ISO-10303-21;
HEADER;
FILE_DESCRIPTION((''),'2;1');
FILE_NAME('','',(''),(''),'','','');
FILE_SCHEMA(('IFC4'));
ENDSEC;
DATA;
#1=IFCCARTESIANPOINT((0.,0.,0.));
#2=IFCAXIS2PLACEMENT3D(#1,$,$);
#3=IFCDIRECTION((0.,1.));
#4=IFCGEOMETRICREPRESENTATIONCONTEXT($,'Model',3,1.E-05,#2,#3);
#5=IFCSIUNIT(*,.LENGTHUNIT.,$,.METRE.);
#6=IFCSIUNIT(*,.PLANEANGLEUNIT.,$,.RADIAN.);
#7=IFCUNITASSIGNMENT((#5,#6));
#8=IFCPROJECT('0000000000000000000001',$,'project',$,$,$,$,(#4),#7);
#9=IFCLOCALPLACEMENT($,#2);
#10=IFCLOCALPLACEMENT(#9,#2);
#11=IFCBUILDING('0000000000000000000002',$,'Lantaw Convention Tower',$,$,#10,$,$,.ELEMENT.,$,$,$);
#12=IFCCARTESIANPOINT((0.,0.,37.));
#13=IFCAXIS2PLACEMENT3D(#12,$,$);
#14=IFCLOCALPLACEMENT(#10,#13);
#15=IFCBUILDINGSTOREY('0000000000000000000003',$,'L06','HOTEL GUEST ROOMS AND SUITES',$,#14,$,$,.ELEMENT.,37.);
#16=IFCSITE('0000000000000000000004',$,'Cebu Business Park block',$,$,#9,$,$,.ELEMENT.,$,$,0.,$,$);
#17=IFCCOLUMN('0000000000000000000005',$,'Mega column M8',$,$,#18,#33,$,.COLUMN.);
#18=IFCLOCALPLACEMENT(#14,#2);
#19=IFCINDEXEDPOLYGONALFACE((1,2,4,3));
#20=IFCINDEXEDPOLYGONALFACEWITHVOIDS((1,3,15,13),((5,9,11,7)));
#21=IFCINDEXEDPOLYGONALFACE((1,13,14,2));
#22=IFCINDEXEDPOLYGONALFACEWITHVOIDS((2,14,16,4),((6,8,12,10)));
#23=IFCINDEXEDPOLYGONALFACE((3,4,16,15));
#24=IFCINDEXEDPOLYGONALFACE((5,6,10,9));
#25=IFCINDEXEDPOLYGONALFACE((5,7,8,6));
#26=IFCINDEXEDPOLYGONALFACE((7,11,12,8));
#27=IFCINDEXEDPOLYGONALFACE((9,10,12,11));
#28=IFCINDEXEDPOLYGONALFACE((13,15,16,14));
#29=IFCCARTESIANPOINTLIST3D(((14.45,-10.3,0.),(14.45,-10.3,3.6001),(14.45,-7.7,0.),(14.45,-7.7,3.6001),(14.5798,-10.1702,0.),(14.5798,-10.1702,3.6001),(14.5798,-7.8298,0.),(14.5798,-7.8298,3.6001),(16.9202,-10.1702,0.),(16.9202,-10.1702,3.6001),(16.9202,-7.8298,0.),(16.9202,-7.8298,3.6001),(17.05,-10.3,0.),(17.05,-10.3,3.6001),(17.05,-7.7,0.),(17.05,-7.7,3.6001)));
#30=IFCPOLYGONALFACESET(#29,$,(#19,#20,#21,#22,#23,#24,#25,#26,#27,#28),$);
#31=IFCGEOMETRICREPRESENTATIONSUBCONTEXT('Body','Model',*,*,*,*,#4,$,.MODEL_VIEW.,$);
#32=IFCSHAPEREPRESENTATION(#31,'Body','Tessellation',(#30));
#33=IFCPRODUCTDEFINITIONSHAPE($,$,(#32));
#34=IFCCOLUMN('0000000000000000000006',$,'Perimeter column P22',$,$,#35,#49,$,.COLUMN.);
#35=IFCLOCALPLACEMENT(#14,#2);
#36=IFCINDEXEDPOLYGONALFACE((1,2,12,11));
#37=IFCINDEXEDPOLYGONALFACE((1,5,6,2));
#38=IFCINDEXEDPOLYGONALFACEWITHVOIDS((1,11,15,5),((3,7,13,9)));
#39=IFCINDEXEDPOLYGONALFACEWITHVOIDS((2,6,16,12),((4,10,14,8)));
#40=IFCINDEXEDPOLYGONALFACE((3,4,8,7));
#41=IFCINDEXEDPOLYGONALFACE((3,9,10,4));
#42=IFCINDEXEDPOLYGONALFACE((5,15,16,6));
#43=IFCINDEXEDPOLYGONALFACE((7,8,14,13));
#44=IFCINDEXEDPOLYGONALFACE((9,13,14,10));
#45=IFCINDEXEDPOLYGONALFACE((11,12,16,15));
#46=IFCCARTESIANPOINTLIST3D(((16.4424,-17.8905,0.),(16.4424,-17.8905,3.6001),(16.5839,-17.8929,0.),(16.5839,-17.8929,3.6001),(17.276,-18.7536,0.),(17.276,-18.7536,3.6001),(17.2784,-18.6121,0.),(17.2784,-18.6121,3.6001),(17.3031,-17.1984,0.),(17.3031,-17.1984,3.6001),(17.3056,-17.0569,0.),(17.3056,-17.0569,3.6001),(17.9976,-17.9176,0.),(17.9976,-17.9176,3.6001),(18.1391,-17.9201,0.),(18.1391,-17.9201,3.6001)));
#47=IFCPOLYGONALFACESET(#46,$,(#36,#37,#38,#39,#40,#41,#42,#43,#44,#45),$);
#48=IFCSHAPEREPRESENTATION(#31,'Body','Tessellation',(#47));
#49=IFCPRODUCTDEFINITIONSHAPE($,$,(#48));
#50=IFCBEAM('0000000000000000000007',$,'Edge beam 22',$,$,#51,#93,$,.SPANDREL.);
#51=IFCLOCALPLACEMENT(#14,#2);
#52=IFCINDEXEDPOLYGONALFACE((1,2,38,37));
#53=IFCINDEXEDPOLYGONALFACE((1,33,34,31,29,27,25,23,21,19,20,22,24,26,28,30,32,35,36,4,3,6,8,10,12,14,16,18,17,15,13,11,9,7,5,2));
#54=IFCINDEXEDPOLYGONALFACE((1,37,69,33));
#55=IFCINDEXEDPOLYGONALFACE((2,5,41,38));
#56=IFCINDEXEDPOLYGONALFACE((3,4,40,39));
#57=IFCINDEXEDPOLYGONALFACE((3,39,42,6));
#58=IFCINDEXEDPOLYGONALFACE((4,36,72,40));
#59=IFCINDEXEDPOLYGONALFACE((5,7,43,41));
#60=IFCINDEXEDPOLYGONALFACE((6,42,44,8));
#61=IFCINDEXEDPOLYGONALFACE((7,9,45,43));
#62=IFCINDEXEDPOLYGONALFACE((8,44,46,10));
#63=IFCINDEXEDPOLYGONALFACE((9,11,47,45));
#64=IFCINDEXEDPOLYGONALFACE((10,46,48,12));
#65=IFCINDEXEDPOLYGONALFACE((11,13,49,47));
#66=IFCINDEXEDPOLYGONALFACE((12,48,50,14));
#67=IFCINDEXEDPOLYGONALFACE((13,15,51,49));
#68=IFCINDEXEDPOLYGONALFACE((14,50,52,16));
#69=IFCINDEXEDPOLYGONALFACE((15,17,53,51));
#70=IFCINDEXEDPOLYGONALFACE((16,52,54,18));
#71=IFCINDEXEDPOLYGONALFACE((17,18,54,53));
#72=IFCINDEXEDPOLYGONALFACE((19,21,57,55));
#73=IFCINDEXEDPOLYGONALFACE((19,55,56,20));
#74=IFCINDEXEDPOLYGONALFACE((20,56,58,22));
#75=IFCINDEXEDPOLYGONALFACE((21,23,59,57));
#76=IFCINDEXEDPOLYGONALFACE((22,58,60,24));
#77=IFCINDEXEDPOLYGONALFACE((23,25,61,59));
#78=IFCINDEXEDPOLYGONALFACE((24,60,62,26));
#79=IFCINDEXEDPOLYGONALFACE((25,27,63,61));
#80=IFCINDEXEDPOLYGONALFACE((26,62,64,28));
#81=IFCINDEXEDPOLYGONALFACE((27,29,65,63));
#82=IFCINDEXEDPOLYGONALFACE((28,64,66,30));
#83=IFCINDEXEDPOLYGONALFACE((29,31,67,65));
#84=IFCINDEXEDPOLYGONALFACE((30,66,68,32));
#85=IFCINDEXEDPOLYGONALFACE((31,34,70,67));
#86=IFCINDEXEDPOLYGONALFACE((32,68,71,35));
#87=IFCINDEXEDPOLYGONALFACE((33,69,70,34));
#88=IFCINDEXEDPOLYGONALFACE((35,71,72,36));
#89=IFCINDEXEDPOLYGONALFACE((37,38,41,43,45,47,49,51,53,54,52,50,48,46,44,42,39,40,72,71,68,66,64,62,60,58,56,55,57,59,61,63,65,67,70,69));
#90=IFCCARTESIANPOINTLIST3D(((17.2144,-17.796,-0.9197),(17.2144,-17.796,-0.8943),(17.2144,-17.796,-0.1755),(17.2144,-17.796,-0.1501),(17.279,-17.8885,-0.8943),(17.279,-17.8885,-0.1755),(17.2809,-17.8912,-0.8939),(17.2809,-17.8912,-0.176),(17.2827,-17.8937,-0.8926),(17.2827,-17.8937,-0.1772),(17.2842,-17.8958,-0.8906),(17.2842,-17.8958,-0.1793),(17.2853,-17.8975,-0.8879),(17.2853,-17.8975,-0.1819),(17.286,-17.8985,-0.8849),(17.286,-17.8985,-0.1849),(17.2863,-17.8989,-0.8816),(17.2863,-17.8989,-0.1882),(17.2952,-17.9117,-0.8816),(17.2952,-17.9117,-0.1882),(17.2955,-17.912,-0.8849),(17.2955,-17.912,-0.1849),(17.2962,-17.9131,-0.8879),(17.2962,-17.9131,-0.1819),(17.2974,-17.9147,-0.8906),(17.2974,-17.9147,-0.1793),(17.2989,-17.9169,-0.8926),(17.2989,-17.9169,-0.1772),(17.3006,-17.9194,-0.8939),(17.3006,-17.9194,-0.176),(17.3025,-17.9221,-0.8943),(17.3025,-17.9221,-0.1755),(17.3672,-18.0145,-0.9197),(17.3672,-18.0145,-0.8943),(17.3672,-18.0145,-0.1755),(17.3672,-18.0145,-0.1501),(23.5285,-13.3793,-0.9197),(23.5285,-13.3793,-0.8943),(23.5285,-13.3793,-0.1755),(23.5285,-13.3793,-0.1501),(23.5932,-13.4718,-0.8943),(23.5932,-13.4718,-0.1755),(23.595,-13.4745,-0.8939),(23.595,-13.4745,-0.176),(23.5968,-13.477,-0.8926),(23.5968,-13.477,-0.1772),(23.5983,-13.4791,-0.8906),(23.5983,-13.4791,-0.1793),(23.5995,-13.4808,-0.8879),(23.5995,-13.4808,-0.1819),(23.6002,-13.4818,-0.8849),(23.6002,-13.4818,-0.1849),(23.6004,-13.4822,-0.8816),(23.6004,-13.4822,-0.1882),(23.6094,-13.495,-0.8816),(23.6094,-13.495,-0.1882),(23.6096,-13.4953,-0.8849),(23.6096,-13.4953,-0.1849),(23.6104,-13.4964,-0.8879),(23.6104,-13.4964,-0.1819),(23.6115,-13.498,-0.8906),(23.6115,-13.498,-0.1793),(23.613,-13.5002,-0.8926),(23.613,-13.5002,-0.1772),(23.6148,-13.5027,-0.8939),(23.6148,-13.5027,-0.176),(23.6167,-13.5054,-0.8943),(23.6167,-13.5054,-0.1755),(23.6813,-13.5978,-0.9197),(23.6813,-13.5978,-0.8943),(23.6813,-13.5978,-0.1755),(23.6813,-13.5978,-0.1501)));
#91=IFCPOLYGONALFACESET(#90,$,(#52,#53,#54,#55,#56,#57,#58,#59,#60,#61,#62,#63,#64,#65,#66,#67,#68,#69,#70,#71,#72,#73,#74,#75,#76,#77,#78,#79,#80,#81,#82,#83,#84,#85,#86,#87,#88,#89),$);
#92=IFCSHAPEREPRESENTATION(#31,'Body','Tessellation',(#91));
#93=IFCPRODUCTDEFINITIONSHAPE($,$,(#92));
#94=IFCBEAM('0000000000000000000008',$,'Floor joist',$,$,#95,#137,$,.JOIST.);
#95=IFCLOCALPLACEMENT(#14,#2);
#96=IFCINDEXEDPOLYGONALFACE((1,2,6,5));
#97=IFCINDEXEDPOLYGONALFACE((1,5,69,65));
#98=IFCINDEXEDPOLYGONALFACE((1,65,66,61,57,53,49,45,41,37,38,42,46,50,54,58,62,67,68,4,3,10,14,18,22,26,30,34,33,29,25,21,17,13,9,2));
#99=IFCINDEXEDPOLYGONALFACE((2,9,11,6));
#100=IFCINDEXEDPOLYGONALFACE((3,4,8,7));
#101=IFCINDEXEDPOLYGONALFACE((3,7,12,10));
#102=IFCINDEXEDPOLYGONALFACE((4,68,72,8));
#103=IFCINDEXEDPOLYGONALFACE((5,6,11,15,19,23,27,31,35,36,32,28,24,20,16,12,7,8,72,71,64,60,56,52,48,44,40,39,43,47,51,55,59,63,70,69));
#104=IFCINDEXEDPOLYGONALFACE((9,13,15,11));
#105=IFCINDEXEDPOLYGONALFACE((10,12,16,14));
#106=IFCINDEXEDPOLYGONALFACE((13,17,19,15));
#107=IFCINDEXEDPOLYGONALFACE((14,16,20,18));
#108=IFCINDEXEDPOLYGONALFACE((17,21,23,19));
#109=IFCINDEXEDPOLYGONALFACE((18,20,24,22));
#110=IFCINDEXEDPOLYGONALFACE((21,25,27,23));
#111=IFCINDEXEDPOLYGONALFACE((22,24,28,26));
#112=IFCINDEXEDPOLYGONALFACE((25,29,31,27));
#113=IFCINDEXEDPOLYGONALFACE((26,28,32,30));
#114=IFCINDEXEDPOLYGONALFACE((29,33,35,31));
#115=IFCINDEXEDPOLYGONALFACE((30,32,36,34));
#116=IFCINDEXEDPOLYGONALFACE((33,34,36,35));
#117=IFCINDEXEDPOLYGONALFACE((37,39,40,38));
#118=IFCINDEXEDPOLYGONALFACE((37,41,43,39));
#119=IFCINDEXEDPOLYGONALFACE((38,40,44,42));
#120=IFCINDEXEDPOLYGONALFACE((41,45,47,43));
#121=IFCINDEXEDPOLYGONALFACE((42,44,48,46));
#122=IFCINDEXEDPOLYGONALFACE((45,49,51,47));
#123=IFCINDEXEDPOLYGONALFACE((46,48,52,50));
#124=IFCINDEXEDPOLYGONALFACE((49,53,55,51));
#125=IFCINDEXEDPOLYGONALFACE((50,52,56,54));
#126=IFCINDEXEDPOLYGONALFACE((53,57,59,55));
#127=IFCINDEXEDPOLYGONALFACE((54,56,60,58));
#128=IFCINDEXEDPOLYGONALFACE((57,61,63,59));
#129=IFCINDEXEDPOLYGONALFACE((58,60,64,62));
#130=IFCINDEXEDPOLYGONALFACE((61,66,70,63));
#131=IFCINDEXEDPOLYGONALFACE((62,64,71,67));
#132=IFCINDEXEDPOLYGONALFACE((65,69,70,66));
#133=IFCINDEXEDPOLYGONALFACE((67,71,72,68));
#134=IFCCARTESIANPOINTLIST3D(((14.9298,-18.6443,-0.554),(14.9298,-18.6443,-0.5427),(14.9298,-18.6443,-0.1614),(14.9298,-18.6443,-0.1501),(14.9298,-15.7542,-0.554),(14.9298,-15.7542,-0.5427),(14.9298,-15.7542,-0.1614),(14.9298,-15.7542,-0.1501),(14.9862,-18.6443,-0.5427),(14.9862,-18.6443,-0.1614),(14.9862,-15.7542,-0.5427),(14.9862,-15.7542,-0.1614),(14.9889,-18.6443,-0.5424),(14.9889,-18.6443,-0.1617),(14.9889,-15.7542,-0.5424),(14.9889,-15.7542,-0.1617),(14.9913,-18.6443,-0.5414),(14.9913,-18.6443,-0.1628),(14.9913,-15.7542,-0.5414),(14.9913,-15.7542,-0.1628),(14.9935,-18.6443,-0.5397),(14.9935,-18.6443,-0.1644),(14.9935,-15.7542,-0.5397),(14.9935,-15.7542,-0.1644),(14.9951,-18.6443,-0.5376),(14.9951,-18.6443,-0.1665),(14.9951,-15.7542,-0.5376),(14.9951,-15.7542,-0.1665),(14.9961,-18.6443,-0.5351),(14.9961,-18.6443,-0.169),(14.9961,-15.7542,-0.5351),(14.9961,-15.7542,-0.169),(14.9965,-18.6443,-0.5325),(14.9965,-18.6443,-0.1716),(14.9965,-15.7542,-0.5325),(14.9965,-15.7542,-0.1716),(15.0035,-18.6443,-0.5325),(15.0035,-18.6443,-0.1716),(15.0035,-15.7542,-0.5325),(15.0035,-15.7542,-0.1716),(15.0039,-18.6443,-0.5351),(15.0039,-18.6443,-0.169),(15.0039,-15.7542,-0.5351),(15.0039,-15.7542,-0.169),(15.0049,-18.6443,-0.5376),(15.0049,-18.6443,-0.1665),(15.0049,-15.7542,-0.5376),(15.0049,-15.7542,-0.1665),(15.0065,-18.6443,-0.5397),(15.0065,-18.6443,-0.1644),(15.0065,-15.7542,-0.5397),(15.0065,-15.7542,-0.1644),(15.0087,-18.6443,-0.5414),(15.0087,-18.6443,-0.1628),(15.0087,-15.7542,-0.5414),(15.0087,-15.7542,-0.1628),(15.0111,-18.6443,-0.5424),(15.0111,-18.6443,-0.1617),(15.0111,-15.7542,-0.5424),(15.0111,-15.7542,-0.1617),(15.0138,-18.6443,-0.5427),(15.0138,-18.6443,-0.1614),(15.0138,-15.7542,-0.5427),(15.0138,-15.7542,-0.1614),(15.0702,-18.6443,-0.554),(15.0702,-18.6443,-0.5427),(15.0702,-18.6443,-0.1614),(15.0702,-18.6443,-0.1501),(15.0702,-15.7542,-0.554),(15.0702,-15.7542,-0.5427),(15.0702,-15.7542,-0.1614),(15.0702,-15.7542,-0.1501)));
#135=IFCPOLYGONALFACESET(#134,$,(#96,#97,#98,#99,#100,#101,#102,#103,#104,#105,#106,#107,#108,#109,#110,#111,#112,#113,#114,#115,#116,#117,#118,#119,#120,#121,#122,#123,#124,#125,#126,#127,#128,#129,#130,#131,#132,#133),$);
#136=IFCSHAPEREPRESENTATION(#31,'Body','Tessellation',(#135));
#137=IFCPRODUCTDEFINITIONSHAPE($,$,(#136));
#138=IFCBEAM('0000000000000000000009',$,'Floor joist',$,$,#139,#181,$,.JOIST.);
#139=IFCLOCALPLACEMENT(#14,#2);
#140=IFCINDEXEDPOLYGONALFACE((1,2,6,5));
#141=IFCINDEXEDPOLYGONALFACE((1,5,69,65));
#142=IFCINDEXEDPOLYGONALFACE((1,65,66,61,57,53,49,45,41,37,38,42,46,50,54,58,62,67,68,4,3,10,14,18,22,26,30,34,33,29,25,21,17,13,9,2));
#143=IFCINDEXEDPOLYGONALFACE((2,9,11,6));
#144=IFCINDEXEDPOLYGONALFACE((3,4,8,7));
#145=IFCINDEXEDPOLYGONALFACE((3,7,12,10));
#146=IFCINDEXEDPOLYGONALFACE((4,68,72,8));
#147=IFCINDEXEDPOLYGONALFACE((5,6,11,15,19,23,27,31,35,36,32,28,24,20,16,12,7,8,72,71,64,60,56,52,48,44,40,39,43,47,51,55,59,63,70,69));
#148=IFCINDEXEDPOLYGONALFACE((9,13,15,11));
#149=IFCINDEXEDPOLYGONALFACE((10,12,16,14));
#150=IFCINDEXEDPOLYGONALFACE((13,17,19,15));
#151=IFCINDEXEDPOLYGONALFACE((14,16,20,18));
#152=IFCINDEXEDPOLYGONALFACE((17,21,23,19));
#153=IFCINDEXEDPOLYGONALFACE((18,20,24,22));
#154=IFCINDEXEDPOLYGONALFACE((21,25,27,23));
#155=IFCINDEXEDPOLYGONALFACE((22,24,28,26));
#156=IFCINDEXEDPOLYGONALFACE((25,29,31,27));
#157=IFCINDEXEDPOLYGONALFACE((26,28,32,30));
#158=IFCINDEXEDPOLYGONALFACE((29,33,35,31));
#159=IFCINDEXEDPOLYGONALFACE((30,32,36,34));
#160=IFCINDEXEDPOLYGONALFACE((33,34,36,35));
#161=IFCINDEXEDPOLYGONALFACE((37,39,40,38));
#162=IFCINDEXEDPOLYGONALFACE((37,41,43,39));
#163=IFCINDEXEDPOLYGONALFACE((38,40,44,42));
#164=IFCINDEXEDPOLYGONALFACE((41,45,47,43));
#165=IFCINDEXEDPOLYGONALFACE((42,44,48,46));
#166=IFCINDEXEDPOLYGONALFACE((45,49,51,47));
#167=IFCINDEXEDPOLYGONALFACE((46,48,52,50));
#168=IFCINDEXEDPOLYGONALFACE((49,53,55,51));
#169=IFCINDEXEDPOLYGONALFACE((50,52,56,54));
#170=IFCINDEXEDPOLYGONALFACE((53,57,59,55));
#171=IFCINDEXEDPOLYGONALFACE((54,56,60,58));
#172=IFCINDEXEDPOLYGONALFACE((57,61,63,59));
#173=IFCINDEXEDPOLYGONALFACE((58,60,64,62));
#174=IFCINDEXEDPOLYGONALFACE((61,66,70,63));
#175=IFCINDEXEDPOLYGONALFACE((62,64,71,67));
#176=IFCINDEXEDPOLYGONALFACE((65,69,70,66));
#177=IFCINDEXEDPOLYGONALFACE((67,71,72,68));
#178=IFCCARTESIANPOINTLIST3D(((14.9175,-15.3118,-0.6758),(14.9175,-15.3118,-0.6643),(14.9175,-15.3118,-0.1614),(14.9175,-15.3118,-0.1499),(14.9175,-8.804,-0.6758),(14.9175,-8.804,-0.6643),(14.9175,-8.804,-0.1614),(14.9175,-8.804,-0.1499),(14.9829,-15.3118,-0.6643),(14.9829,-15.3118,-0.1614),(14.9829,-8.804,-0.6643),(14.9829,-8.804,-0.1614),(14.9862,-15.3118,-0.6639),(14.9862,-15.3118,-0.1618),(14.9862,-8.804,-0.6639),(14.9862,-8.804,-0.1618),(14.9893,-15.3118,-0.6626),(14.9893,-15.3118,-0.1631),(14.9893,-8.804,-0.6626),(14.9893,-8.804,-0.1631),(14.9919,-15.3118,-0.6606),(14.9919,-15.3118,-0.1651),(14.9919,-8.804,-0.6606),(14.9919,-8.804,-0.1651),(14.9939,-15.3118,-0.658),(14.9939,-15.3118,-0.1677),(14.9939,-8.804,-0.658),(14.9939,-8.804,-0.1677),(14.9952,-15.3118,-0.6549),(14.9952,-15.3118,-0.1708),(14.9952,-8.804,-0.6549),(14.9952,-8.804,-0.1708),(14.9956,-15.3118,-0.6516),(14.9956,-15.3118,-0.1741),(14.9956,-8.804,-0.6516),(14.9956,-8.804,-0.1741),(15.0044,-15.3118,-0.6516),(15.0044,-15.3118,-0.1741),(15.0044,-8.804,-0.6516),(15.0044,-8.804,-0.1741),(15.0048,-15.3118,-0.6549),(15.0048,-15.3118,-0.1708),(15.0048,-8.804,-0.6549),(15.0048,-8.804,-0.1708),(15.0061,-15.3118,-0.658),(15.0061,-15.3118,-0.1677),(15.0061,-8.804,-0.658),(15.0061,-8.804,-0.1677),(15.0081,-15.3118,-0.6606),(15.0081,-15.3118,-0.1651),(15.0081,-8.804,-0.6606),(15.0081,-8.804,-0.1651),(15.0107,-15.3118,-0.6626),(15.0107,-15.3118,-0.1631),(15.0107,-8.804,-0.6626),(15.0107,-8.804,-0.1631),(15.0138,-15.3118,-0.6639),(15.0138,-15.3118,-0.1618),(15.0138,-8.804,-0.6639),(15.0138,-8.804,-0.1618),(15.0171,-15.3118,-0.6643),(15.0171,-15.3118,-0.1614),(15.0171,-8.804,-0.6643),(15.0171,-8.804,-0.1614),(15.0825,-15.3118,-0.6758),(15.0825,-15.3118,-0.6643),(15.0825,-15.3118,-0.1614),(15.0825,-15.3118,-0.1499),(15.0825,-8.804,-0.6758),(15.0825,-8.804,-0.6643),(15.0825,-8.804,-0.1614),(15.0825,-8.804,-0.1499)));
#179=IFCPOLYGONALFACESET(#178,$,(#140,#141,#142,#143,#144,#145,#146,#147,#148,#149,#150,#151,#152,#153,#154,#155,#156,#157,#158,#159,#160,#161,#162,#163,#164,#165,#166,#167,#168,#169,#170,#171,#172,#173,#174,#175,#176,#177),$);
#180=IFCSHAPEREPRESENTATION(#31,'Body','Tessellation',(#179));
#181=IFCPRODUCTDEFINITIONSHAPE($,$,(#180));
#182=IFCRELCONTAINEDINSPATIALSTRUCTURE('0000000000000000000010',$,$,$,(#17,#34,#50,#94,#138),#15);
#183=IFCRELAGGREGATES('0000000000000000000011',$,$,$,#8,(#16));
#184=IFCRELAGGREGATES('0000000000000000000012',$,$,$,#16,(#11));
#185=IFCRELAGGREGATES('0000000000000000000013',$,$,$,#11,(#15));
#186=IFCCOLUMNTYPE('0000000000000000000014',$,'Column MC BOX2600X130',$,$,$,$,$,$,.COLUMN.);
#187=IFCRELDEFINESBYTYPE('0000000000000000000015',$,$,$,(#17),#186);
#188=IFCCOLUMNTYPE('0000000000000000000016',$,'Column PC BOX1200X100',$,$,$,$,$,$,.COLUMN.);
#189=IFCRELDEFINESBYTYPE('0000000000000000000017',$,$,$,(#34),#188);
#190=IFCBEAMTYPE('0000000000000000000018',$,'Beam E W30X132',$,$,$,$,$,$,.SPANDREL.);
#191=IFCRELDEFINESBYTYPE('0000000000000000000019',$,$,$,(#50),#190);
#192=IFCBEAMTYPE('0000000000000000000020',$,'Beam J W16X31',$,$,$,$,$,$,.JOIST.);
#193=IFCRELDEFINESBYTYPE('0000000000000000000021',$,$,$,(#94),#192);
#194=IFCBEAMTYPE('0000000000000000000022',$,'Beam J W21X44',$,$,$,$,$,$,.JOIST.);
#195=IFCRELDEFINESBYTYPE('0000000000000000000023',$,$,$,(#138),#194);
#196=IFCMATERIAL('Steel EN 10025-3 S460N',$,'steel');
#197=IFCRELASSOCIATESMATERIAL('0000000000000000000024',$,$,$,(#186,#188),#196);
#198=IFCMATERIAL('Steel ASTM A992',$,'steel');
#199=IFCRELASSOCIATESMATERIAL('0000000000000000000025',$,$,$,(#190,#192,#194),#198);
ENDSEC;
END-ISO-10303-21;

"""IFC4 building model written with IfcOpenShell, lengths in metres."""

from ifc_helpers import new_model, si_unit, direction, frame, origin, origin_2d, place, context, subcontext, project, spatial, rectangle, hollow_rectangle, i_section, extrude, material, material_profile, profile_set, type_object, element, save


model = new_model("IFC4")

# Units and contexts
model_context = context("Model", 3, precision=1e-05, world=origin(), true_north=direction((0.0, 1.0)))
body_context = subcontext(model_context, "Body", "Model", "MODEL_VIEW")
ifc_project = project(units=[si_unit("LENGTHUNIT", "METRE"), si_unit("PLANEANGLEUNIT", "RADIAN")], contexts=[model_context])

# Site, building, storey
site_placement = place(None, origin())
site = spatial("IfcSite", under=ifc_project, at=site_placement, Name="Cebu Business Park block", CompositionType="ELEMENT", RefElevation=0.0)
building_placement = place(site_placement, origin())
building = spatial("IfcBuilding", under=site, at=building_placement, Name="Lantaw Convention Tower", CompositionType="ELEMENT")
storey_placement = place(building_placement, frame((0.0, 0.0, 37.0)))
storey = spatial("IfcBuildingStorey", under=building, at=storey_placement, Name="L06", Description="HOTEL GUEST ROOMS AND SUITES", CompositionType="ELEMENT", Elevation=37.0)

# Columns
ifc_material_1 = material(Name="Steel EN 10025-3 S460N", Category="steel")
ifc_material_profile_1 = material_profile(ifc_material_1, hollow_rectangle(XDim=2.6001, YDim=2.6001, WallThickness=0.1299, at=origin_2d()), Name="BOX2600X130")
ifc_material_2 = material(Name="Concrete C60/75", Category="concrete")
ifc_material_profile_2 = material_profile(ifc_material_2, rectangle(XDim=2.3401, YDim=2.3401, at=origin_2d()), Name="Concrete fill of BOX2600X130")
ifc_profile_set_1 = profile_set([ifc_material_profile_1, ifc_material_profile_2], Name="Steel EN 10025-3 S460N")
column_type_1 = type_object("IfcColumnType", Name="Column MC BOX2600X130", PredefinedType="COLUMN", material=ifc_profile_set_1)
column_1_placement = place(storey_placement, frame((15.75, -9.0, 0.0), z_axis=(0.0, 0.0, 1.0), x_axis=(1.0, 0.0, 0.0)))
element("IfcColumn", 1, at=column_1_placement, inside=storey, type_object=column_type_1, Name="Mega column M8", PredefinedType="COLUMN", context=body_context, shape_type="SweptSolid", body=[
    extrude(hollow_rectangle(XDim=2.6001, YDim=2.6001, WallThickness=0.1299, at=origin_2d()), origin(), (0.0, 0.0, 1.0), 3.6001),
])
ifc_material_profile_3 = material_profile(ifc_material_1, hollow_rectangle(XDim=1.2, YDim=1.2, WallThickness=0.1001, at=origin_2d()), Name="BOX1200X100")
ifc_material_profile_4 = material_profile(ifc_material_2, rectangle(XDim=1.0, YDim=1.0, at=origin_2d()), Name="Concrete fill of BOX1200X100")
ifc_profile_set_2 = profile_set([ifc_material_profile_3, ifc_material_profile_4], Name="Steel EN 10025-3 S460N")
column_type_2 = type_object("IfcColumnType", Name="Column PC BOX1200X100", PredefinedType="COLUMN", material=ifc_profile_set_2)
column_2_placement = place(storey_placement, frame((17.2908, -17.9053, 0.0), z_axis=(0.0, 0.0, 1.0), x_axis=(0.71934, 0.694658, 0.0)))
element("IfcColumn", 2, at=column_2_placement, inside=storey, type_object=column_type_2, Name="Perimeter column P22", PredefinedType="COLUMN", context=body_context, shape_type="SweptSolid", body=[
    extrude(hollow_rectangle(XDim=1.2, YDim=1.2, WallThickness=0.1001, at=origin_2d()), origin(), (0.0, 0.0, 1.0), 3.6001),
])

# Beams
ifc_material_3 = material(Name="Steel ASTM A992", Category="steel")
ifc_material_profile_5 = material_profile(ifc_material_3, i_section(OverallWidth=0.2666, OverallDepth=0.7695, WebThickness=0.0156, FlangeThickness=0.0254, FilletRadius=0.0127, at=origin_2d()), Name="W30X132")
ifc_profile_set_3 = profile_set([ifc_material_profile_5], Name="Steel ASTM A992")
beam_type_1 = type_object("IfcBeamType", Name="Beam E W30X132", PredefinedType="SPANDREL", material=ifc_profile_set_3)
beam_1_placement = place(storey_placement, frame((17.2908, -17.9053, -0.5349), z_axis=(0.819427, 0.573184, 0.0), x_axis=(-0.573184, 0.819427, 0.0)))
element("IfcBeam", 3, at=beam_1_placement, inside=storey, type_object=beam_type_1, Name="Edge beam 22", PredefinedType="SPANDREL", context=body_context, shape_type="SweptSolid", body=[
    extrude(i_section(OverallWidth=0.2666, OverallDepth=0.7695, WebThickness=0.0156, FlangeThickness=0.0254, FilletRadius=0.0127, at=origin_2d()), origin(), (0.0, 0.0, 1.0), 7.7056),
])
ifc_material_profile_6 = material_profile(ifc_material_3, i_section(OverallWidth=0.1404, OverallDepth=0.4038, WebThickness=0.0071, FlangeThickness=0.0112, FilletRadius=0.0103, at=origin_2d()), Name="W16X31")
ifc_profile_set_4 = profile_set([ifc_material_profile_6], Name="Steel ASTM A992")
beam_type_2 = type_object("IfcBeamType", Name="Beam J W16X31", PredefinedType="JOIST", material=ifc_profile_set_4)
beam_2_placement = place(storey_placement, frame((15.0, -18.6443, -0.3521), z_axis=(0.0, 1.0, 0.0), x_axis=(-1.0, 0.0, 0.0)))
element("IfcBeam", 4, at=beam_2_placement, inside=storey, type_object=beam_type_2, Name="Floor joist", PredefinedType="JOIST", context=body_context, shape_type="SweptSolid", body=[
    extrude(i_section(OverallWidth=0.1404, OverallDepth=0.4038, WebThickness=0.0071, FlangeThickness=0.0112, FilletRadius=0.0103, at=origin_2d()), origin(), (0.0, 0.0, 1.0), 2.8901),
])
ifc_material_profile_7 = material_profile(ifc_material_3, i_section(OverallWidth=0.165, OverallDepth=0.5259, WebThickness=0.0088, FlangeThickness=0.0115, FilletRadius=0.0127, at=origin_2d()), Name="W21X44")
ifc_profile_set_5 = profile_set([ifc_material_profile_7], Name="Steel ASTM A992")
beam_type_3 = type_object("IfcBeamType", Name="Beam J W21X44", PredefinedType="JOIST", material=ifc_profile_set_5)
beam_3_placement = place(storey_placement, frame((15.0, -15.3118, -0.4128), z_axis=(0.0, 1.0, 0.0), x_axis=(-1.0, 0.0, 0.0)))
element("IfcBeam", 5, at=beam_3_placement, inside=storey, type_object=beam_type_3, Name="Floor joist", PredefinedType="JOIST", context=body_context, shape_type="SweptSolid", body=[
    extrude(i_section(OverallWidth=0.165, OverallDepth=0.5259, WebThickness=0.0088, FlangeThickness=0.0115, FilletRadius=0.0127, at=origin_2d()), origin(), (0.0, 0.0, 1.0), 6.5078),
])

save(model, "model.ifc")
